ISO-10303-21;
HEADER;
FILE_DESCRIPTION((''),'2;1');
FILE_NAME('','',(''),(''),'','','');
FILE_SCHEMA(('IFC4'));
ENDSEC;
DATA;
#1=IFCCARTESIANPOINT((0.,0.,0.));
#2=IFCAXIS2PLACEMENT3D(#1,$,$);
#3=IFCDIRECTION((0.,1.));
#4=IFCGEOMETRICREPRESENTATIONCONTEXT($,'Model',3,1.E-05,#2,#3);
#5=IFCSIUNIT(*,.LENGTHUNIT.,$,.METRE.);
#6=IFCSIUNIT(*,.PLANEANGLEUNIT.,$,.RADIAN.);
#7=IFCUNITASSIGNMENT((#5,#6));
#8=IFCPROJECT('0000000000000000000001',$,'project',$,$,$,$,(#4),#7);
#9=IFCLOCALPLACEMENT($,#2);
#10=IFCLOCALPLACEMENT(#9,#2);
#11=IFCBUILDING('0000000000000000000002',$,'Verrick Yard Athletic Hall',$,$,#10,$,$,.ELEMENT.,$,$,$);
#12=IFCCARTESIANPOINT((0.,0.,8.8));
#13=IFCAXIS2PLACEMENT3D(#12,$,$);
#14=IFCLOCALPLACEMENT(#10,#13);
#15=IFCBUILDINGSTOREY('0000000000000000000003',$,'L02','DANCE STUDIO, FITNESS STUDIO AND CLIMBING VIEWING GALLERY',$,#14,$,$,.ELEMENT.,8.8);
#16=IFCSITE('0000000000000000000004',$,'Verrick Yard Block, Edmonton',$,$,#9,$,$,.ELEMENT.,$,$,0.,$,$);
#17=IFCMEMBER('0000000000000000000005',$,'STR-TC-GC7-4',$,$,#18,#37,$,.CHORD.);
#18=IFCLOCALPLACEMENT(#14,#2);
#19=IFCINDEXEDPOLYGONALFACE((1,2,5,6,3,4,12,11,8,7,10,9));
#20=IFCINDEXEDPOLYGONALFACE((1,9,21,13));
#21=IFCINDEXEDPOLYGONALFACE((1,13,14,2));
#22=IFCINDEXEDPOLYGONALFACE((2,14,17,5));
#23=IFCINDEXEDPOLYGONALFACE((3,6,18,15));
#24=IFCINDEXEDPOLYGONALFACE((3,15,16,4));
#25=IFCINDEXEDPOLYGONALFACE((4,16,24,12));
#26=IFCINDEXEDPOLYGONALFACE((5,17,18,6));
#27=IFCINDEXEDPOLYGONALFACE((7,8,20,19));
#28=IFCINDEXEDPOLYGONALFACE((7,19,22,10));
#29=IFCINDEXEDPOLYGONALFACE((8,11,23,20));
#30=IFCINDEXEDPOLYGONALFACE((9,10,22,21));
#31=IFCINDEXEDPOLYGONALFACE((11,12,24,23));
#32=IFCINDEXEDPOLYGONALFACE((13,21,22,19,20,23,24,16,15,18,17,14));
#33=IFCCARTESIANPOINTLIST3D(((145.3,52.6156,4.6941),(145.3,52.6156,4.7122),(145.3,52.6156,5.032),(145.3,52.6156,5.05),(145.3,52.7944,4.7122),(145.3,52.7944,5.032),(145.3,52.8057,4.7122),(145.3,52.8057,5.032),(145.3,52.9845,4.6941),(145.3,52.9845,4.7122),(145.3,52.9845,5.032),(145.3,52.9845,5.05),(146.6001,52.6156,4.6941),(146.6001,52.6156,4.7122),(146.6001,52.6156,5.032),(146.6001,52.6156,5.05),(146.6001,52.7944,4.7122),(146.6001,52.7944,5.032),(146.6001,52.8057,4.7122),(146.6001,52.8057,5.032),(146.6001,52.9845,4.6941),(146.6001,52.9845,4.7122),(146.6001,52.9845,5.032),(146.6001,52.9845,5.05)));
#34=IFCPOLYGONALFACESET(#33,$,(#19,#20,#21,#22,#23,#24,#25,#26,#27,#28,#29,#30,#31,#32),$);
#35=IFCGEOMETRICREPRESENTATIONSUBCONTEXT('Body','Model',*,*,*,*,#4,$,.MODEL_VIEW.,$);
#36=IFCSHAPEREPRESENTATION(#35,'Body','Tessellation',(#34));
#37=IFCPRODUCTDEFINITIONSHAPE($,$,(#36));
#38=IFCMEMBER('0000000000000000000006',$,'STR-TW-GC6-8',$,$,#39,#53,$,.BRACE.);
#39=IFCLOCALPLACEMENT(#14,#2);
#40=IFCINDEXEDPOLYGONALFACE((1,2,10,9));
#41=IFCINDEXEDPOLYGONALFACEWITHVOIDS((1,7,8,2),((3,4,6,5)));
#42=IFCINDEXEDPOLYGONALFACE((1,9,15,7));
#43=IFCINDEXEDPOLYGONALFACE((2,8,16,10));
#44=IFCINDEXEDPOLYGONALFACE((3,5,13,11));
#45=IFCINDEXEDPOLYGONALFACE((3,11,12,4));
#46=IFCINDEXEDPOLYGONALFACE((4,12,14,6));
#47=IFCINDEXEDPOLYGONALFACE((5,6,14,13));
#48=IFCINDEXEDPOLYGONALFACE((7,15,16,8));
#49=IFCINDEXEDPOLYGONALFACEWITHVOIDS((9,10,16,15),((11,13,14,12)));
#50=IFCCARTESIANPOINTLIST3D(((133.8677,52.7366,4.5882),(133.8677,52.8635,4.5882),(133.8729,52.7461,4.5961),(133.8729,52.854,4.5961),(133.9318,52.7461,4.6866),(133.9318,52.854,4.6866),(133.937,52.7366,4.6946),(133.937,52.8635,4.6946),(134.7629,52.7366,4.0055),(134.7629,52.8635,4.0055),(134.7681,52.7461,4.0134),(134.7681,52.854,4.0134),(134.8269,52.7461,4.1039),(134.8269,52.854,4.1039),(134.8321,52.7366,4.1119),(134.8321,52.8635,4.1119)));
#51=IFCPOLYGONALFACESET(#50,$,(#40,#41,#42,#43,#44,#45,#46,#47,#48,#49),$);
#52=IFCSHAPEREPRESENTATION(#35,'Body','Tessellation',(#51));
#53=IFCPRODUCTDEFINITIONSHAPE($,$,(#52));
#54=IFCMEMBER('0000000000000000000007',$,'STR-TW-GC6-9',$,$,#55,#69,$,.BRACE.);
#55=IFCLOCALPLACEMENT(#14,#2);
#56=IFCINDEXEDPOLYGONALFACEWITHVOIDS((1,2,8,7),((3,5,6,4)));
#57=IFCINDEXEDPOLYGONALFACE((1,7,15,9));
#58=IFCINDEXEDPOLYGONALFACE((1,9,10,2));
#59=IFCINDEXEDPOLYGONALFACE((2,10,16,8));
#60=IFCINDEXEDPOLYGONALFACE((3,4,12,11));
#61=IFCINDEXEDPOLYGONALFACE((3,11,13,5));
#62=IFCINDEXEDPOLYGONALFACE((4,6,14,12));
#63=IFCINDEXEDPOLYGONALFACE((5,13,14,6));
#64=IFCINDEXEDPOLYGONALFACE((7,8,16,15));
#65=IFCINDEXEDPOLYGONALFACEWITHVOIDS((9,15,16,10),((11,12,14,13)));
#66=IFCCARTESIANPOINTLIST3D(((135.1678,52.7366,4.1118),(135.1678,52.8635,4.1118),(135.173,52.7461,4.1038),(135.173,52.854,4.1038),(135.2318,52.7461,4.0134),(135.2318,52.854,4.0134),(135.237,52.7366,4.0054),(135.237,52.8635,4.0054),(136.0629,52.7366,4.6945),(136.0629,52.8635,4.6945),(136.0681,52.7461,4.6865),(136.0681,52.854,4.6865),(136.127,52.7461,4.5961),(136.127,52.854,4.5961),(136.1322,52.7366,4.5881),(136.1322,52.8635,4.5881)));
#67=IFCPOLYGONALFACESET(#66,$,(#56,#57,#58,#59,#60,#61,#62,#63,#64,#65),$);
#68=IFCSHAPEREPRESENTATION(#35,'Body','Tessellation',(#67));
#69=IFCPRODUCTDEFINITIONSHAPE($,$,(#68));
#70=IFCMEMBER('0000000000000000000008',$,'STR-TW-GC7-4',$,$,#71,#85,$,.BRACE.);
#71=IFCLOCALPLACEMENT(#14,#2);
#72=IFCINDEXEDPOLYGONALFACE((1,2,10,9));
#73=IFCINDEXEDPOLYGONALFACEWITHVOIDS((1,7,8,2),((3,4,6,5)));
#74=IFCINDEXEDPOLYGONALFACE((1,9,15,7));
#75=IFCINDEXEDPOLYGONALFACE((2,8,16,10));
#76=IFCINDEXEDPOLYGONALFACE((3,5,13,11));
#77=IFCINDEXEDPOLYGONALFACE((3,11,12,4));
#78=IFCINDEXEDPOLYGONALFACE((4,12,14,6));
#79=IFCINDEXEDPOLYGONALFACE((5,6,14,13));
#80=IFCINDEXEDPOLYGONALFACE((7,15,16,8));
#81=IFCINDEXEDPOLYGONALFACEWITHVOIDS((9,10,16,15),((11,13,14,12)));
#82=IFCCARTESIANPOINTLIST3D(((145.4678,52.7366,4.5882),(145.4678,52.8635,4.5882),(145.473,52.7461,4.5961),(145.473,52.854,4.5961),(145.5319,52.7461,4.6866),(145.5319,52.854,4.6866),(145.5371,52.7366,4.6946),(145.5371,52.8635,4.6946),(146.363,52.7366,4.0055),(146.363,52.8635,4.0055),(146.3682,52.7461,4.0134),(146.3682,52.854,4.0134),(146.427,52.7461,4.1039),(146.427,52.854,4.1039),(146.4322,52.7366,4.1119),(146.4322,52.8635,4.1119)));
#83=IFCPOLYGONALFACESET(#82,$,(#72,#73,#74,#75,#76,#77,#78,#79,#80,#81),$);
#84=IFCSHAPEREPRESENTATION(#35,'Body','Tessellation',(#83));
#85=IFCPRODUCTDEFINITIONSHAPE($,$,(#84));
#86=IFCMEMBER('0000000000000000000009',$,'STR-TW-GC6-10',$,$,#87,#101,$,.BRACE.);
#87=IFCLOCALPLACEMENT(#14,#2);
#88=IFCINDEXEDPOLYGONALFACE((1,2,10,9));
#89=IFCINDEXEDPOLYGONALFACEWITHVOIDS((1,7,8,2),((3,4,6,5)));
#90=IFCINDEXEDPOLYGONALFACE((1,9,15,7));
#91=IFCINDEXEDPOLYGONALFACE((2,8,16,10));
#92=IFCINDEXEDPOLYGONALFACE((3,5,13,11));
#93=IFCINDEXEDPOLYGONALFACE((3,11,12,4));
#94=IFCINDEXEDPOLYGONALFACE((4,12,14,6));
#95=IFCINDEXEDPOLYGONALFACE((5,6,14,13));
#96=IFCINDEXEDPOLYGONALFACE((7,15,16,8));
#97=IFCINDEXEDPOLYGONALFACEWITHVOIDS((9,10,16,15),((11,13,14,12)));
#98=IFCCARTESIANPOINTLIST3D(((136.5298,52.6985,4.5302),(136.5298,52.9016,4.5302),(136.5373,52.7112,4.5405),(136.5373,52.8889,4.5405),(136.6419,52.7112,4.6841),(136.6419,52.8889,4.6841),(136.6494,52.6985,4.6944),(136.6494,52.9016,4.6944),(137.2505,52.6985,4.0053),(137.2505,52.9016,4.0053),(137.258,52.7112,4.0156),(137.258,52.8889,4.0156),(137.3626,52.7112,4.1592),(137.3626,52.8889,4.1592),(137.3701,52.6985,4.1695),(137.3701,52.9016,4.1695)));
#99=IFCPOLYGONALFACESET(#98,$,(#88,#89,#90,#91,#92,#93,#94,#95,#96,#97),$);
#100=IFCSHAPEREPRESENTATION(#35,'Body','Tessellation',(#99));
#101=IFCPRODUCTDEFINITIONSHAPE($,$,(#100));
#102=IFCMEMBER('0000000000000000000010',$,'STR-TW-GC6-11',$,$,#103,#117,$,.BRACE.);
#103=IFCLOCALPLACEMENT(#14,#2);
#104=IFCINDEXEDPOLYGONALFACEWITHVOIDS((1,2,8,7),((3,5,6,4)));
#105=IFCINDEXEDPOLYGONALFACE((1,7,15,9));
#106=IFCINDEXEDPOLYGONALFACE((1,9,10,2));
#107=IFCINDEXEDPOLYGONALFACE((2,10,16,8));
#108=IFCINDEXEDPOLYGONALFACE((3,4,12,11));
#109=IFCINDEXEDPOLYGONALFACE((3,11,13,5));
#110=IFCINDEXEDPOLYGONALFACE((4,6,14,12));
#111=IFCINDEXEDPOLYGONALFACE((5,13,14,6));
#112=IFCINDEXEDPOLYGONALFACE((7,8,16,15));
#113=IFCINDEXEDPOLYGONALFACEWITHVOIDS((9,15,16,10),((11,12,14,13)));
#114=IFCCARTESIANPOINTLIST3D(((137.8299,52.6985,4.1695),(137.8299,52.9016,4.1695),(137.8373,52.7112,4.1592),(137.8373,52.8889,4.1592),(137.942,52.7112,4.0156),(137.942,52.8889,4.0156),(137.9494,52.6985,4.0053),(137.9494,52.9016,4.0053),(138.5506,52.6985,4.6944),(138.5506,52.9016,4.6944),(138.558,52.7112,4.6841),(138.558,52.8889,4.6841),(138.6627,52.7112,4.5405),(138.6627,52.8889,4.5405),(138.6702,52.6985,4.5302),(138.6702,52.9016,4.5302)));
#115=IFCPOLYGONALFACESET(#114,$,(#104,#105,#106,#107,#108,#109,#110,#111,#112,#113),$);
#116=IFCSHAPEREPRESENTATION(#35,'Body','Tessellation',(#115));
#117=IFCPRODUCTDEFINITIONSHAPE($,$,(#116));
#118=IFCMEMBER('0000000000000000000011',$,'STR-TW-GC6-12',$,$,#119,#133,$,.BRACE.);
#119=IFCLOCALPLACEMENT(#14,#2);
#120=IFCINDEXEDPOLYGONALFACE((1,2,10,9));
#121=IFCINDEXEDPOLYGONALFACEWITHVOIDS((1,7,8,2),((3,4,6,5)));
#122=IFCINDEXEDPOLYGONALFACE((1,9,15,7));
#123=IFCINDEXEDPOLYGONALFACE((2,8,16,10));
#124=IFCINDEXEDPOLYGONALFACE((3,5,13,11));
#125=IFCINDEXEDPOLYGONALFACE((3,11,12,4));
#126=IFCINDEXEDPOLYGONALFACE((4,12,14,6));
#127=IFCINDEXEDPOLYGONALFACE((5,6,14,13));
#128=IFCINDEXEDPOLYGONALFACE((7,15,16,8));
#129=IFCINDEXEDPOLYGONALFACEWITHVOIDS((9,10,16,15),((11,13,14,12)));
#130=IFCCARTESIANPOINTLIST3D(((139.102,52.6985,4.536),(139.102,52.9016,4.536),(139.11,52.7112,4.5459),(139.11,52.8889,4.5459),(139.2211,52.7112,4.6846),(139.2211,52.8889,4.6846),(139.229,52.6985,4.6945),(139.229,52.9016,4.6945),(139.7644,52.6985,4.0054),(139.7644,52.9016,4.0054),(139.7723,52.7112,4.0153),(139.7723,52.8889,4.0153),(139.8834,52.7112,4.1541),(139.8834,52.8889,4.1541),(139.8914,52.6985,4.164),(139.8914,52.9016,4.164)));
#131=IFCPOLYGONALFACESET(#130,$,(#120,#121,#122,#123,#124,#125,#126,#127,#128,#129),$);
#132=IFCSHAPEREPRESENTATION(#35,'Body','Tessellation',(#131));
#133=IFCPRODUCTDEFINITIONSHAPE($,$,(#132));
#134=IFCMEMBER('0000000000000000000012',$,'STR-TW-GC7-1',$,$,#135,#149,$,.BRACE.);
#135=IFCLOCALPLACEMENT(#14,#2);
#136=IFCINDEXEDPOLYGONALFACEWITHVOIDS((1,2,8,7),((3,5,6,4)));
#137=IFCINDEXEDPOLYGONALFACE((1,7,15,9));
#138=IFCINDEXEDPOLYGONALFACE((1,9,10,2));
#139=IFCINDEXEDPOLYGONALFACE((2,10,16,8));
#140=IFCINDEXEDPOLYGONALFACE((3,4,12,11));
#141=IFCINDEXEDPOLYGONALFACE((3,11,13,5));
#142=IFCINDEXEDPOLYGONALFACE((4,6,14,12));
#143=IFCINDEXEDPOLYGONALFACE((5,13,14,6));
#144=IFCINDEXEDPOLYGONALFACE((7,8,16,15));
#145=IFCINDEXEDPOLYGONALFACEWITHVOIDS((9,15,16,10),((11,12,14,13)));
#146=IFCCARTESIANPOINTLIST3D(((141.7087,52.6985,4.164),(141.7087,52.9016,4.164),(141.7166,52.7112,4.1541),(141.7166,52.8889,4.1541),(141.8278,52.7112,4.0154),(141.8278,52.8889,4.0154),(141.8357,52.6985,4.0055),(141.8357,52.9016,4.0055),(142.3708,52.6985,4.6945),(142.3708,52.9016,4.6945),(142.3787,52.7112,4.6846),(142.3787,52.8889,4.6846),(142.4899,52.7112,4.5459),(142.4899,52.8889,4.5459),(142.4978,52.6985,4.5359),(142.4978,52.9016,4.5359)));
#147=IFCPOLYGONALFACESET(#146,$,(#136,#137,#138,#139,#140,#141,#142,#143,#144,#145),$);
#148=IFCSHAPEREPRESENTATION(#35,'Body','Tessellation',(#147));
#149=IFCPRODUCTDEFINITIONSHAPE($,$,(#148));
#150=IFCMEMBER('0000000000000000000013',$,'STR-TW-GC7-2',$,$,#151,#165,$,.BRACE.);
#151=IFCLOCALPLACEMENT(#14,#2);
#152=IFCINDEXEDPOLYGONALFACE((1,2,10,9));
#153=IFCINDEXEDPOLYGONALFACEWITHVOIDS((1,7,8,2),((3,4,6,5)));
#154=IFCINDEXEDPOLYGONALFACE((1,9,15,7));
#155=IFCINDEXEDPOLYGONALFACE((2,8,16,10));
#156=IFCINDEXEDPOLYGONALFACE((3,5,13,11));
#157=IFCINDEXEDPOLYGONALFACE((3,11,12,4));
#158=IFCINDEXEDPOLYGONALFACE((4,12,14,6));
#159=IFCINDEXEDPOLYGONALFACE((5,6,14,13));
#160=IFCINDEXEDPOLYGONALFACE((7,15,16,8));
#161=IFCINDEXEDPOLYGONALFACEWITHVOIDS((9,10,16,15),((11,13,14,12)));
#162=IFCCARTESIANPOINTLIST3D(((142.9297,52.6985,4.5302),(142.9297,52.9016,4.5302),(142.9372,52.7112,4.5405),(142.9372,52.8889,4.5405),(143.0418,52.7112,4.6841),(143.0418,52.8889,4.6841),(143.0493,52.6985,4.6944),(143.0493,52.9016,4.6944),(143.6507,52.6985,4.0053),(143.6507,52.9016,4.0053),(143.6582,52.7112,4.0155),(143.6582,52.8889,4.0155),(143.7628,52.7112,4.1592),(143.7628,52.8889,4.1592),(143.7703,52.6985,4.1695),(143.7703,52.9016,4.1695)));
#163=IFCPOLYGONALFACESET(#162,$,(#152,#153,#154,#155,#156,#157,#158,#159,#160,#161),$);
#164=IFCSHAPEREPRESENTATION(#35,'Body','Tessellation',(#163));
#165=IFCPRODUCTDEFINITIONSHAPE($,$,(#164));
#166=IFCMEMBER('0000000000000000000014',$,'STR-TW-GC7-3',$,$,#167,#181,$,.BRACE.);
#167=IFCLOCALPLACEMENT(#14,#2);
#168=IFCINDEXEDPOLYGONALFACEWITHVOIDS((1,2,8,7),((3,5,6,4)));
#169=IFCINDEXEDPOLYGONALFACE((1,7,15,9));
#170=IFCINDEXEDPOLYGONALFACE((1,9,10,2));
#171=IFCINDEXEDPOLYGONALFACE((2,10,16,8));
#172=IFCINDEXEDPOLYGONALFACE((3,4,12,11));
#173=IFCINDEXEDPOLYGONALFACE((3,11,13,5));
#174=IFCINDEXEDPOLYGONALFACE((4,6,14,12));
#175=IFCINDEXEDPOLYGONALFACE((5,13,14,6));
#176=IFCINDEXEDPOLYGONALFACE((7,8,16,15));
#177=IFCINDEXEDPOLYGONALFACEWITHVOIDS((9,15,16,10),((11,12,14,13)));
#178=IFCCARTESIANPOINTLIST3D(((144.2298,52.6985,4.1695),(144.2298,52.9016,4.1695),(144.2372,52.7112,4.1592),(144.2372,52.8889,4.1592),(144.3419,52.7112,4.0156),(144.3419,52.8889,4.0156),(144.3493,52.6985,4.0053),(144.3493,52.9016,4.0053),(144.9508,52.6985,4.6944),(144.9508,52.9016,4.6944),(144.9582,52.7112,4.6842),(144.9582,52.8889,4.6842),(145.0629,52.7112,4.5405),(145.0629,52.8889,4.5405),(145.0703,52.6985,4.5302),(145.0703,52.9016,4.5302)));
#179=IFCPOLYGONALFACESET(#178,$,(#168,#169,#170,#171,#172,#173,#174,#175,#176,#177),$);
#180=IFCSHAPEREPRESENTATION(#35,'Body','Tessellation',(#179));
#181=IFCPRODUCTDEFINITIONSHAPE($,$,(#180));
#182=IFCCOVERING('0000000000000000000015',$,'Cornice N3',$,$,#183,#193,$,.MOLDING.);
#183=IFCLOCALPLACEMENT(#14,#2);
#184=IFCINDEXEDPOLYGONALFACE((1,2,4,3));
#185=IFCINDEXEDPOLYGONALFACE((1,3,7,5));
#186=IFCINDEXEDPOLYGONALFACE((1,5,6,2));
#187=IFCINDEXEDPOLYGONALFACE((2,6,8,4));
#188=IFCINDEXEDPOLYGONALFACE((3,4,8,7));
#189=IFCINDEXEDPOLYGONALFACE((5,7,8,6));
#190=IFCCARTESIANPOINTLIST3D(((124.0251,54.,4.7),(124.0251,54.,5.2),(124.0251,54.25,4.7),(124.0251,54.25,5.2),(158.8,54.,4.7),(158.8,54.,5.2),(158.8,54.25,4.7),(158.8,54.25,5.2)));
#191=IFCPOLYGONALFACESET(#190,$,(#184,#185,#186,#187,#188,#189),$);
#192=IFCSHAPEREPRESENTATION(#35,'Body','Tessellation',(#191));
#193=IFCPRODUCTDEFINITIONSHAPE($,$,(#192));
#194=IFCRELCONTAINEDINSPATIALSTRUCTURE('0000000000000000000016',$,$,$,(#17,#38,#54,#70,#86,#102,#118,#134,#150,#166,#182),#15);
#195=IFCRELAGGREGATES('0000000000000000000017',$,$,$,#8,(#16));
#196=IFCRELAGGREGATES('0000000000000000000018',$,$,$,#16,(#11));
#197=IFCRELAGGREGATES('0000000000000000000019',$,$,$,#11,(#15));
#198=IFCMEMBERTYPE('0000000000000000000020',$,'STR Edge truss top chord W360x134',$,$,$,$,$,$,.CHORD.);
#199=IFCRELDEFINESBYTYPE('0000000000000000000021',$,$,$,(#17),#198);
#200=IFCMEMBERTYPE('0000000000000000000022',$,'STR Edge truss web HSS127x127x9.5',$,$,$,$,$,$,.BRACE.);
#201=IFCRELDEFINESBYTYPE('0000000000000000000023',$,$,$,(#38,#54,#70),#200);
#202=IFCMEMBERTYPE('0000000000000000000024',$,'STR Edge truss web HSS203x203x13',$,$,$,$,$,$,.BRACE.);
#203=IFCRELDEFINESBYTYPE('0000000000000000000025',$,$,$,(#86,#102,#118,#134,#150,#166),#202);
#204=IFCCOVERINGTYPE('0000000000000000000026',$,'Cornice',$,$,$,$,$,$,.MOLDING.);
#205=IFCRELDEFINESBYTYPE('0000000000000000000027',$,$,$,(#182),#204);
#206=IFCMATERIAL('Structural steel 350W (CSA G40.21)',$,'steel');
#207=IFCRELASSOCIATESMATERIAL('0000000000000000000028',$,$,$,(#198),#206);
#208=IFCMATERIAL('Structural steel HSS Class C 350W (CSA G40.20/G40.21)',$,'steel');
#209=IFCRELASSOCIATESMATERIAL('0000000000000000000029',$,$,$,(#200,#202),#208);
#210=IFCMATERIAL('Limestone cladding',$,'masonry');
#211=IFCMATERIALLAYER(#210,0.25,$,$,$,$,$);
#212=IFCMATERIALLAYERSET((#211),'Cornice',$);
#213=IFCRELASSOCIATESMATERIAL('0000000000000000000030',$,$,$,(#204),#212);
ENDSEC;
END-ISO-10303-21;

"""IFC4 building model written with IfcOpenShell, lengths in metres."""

from ifc_helpers import new_model, si_unit, direction, frame, origin, origin_2d, place, context, subcontext, project, spatial, rectangle, hollow_rectangle, i_section, extrude, material, layer, layer_set, material_profile, profile_set, type_object, element, save


model = new_model("IFC4")

# Units and contexts
model_context = context("Model", 3, precision=1e-05, world=origin(), true_north=direction((0.0, 1.0)))
body_context = subcontext(model_context, "Body", "Model", "MODEL_VIEW")
ifc_project = project(units=[si_unit("LENGTHUNIT", "METRE"), si_unit("PLANEANGLEUNIT", "RADIAN")], contexts=[model_context])

# Site, building, storey
site_placement = place(None, origin())
site = spatial("IfcSite", under=ifc_project, at=site_placement, Name="Verrick Yard Block, Edmonton", CompositionType="ELEMENT", RefElevation=0.0)
building_placement = place(site_placement, origin())
building = spatial("IfcBuilding", under=site, at=building_placement, Name="Verrick Yard Athletic Hall", CompositionType="ELEMENT")
storey_placement = place(building_placement, frame((0.0, 0.0, 8.8)))
storey = spatial("IfcBuildingStorey", under=building, at=storey_placement, Name="L02", Description="DANCE STUDIO, FITNESS STUDIO AND CLIMBING VIEWING GALLERY", CompositionType="ELEMENT", Elevation=8.8)

# Members
ifc_material_1 = material(Name="Structural steel 350W (CSA G40.21)", Category="steel")
ifc_material_2 = material(Name="Structural steel HSS Class C 350W (CSA G40.20/G40.21)", Category="steel")
ifc_material_profile_1 = material_profile(ifc_material_1, i_section(OverallWidth=0.3689, OverallDepth=0.356, WebThickness=0.0112, FlangeThickness=0.0181, at=origin_2d()), Name="W360x134")
ifc_profile_set_1 = profile_set([ifc_material_profile_1], Name="Structural steel 350W (CSA G40.21)")
member_type_1 = type_object("IfcMemberType", Name="STR Edge truss top chord W360x134", PredefinedType="CHORD", material=ifc_profile_set_1)
for number, where, z_axis, x_axis, name in (
    (1, (145.3, 52.8, 4.8721), (1.0, 0.0, 0.0), (0.0, 1.0, 0.0), "STR-TC-GC7-4"),
):
    element("IfcMember", number, at=place(storey_placement, frame(where, z_axis=z_axis, x_axis=x_axis)), inside=storey, type_object=member_type_1, Name=name, PredefinedType="CHORD", context=body_context, shape_type="SweptSolid", body=[
        extrude(i_section(OverallWidth=0.3689, OverallDepth=0.356, WebThickness=0.0112, FlangeThickness=0.0181, at=origin_2d()), origin(), (0.0, 0.0, 1.0), 1.3),
    ])
ifc_material_profile_2 = material_profile(ifc_material_2, hollow_rectangle(XDim=0.127, YDim=0.127, WallThickness=0.0095, at=origin_2d()), Name="HSS127x127x9.5")
ifc_profile_set_2 = profile_set([ifc_material_profile_2], Name="Structural steel HSS Class C 350W (CSA G40.20/G40.21)")
member_type_2 = type_object("IfcMemberType", Name="STR Edge truss web HSS127x127x9.5", PredefinedType="BRACE", material=ifc_profile_set_2)
for number, where, z_axis, x_axis, name in (
    (2, (133.9023, 52.8, 4.6414), (0.838083, 0.0, -0.545543), (0.0, 1.0, 0.0), "STR-TW-GC6-8"),
    (3, (135.2024, 52.8, 4.0586), (0.838083, 0.0, 0.545543), (0.0, 1.0, 0.0), "STR-TW-GC6-9"),
    (4, (145.5024, 52.8, 4.6414), (0.838083, 0.0, -0.545543), (0.0, 1.0, 0.0), "STR-TW-GC7-4"),
):
    element("IfcMember", number, at=place(storey_placement, frame(where, z_axis=z_axis, x_axis=x_axis)), inside=storey, type_object=member_type_2, Name=name, PredefinedType="BRACE", context=body_context, shape_type="SweptSolid", body=[
        extrude(hollow_rectangle(XDim=0.127, YDim=0.127, WallThickness=0.0095, at=origin_2d()), origin(), (0.0, 0.0, 1.0), 1.0681),
    ])
ifc_material_profile_3 = material_profile(ifc_material_2, hollow_rectangle(XDim=0.2031, YDim=0.2031, WallThickness=0.0127, at=origin_2d()), Name="HSS203x203x13")
ifc_profile_set_3 = profile_set([ifc_material_profile_3], Name="Structural steel HSS Class C 350W (CSA G40.20/G40.21)")
member_type_3 = type_object("IfcMemberType", Name="STR Edge truss web HSS203x203x13", PredefinedType="BRACE", material=ifc_profile_set_3)
for number, where, z_axis, x_axis, name in (
    (5, (136.5896, 52.8, 4.6123), (0.808333, 0.0, -0.588725), (0.0, 1.0, 0.0), "STR-TW-GC6-10"),
    (6, (137.8896, 52.8, 4.0874), (0.808333, 0.0, 0.588725), (0.0, 1.0, 0.0), "STR-TW-GC6-11"),
):
    element("IfcMember", number, at=place(storey_placement, frame(where, z_axis=z_axis, x_axis=x_axis)), inside=storey, type_object=member_type_3, Name=name, PredefinedType="BRACE", context=body_context, shape_type="SweptSolid", body=[
        extrude(hollow_rectangle(XDim=0.2031, YDim=0.2031, WallThickness=0.0127, at=origin_2d()), origin(), (0.0, 0.0, 1.0), 0.8916),
    ])
member_1_placement = place(storey_placement, frame((139.1655, 52.8, 4.6152), z_axis=(0.780504, 0.0, -0.625151), x_axis=(0.0, 1.0, 0.0)))
element("IfcMember", 7, at=member_1_placement, inside=storey, type_object=member_type_3, Name="STR-TW-GC6-12", PredefinedType="BRACE", context=body_context, shape_type="SweptSolid", body=[
    extrude(hollow_rectangle(XDim=0.2031, YDim=0.2031, WallThickness=0.0127, at=origin_2d()), origin(), (0.0, 0.0, 1.0), 0.8486),
])
member_2_placement = place(storey_placement, frame((141.7722, 52.8, 4.0847), z_axis=(0.780391, 0.0, 0.625291), x_axis=(0.0, 1.0, 0.0)))
element("IfcMember", 8, at=member_2_placement, inside=storey, type_object=member_type_3, Name="STR-TW-GC7-1", PredefinedType="BRACE", context=body_context, shape_type="SweptSolid", body=[
    extrude(hollow_rectangle(XDim=0.2031, YDim=0.2031, WallThickness=0.0127, at=origin_2d()), origin(), (0.0, 0.0, 1.0), 0.8484),
])
for number, where, z_axis, x_axis, name in (
    (9, (142.9895, 52.8, 4.6123), (0.808428, 0.0, -0.588595), (0.0, 1.0, 0.0), "STR-TW-GC7-2"),
    (10, (144.2896, 52.8, 4.0874), (0.808428, 0.0, 0.588595), (0.0, 1.0, 0.0), "STR-TW-GC7-3"),
):
    element("IfcMember", number, at=place(storey_placement, frame(where, z_axis=z_axis, x_axis=x_axis)), inside=storey, type_object=member_type_3, Name=name, PredefinedType="BRACE", context=body_context, shape_type="SweptSolid", body=[
        extrude(hollow_rectangle(XDim=0.2031, YDim=0.2031, WallThickness=0.0127, at=origin_2d()), origin(), (0.0, 0.0, 1.0), 0.8918),
    ])

# Covering
ifc_material_3 = material(Name="Limestone cladding", Category="masonry")
ifc_layer_1 = layer(ifc_material_3, 0.25)
ifc_layer_set_1 = layer_set([ifc_layer_1], Name="Cornice")
covering_type_1 = type_object("IfcCoveringType", Name="Cornice", PredefinedType="MOLDING", material=ifc_layer_set_1)
covering_1_placement = place(storey_placement, frame((141.4126, 54.125, 4.7), z_axis=(0.0, 0.0, 1.0), x_axis=(1.0, 0.0, 0.0)))
element("IfcCovering", 11, at=covering_1_placement, inside=storey, type_object=covering_type_1, Name="Cornice N3", PredefinedType="MOLDING", context=body_context, shape_type="SweptSolid", body=[
    extrude(rectangle(XDim=34.7749, YDim=0.25, at=origin_2d()), origin(), (0.0, 0.0, 1.0), 0.5),
])

save(model, "model.ifc")
